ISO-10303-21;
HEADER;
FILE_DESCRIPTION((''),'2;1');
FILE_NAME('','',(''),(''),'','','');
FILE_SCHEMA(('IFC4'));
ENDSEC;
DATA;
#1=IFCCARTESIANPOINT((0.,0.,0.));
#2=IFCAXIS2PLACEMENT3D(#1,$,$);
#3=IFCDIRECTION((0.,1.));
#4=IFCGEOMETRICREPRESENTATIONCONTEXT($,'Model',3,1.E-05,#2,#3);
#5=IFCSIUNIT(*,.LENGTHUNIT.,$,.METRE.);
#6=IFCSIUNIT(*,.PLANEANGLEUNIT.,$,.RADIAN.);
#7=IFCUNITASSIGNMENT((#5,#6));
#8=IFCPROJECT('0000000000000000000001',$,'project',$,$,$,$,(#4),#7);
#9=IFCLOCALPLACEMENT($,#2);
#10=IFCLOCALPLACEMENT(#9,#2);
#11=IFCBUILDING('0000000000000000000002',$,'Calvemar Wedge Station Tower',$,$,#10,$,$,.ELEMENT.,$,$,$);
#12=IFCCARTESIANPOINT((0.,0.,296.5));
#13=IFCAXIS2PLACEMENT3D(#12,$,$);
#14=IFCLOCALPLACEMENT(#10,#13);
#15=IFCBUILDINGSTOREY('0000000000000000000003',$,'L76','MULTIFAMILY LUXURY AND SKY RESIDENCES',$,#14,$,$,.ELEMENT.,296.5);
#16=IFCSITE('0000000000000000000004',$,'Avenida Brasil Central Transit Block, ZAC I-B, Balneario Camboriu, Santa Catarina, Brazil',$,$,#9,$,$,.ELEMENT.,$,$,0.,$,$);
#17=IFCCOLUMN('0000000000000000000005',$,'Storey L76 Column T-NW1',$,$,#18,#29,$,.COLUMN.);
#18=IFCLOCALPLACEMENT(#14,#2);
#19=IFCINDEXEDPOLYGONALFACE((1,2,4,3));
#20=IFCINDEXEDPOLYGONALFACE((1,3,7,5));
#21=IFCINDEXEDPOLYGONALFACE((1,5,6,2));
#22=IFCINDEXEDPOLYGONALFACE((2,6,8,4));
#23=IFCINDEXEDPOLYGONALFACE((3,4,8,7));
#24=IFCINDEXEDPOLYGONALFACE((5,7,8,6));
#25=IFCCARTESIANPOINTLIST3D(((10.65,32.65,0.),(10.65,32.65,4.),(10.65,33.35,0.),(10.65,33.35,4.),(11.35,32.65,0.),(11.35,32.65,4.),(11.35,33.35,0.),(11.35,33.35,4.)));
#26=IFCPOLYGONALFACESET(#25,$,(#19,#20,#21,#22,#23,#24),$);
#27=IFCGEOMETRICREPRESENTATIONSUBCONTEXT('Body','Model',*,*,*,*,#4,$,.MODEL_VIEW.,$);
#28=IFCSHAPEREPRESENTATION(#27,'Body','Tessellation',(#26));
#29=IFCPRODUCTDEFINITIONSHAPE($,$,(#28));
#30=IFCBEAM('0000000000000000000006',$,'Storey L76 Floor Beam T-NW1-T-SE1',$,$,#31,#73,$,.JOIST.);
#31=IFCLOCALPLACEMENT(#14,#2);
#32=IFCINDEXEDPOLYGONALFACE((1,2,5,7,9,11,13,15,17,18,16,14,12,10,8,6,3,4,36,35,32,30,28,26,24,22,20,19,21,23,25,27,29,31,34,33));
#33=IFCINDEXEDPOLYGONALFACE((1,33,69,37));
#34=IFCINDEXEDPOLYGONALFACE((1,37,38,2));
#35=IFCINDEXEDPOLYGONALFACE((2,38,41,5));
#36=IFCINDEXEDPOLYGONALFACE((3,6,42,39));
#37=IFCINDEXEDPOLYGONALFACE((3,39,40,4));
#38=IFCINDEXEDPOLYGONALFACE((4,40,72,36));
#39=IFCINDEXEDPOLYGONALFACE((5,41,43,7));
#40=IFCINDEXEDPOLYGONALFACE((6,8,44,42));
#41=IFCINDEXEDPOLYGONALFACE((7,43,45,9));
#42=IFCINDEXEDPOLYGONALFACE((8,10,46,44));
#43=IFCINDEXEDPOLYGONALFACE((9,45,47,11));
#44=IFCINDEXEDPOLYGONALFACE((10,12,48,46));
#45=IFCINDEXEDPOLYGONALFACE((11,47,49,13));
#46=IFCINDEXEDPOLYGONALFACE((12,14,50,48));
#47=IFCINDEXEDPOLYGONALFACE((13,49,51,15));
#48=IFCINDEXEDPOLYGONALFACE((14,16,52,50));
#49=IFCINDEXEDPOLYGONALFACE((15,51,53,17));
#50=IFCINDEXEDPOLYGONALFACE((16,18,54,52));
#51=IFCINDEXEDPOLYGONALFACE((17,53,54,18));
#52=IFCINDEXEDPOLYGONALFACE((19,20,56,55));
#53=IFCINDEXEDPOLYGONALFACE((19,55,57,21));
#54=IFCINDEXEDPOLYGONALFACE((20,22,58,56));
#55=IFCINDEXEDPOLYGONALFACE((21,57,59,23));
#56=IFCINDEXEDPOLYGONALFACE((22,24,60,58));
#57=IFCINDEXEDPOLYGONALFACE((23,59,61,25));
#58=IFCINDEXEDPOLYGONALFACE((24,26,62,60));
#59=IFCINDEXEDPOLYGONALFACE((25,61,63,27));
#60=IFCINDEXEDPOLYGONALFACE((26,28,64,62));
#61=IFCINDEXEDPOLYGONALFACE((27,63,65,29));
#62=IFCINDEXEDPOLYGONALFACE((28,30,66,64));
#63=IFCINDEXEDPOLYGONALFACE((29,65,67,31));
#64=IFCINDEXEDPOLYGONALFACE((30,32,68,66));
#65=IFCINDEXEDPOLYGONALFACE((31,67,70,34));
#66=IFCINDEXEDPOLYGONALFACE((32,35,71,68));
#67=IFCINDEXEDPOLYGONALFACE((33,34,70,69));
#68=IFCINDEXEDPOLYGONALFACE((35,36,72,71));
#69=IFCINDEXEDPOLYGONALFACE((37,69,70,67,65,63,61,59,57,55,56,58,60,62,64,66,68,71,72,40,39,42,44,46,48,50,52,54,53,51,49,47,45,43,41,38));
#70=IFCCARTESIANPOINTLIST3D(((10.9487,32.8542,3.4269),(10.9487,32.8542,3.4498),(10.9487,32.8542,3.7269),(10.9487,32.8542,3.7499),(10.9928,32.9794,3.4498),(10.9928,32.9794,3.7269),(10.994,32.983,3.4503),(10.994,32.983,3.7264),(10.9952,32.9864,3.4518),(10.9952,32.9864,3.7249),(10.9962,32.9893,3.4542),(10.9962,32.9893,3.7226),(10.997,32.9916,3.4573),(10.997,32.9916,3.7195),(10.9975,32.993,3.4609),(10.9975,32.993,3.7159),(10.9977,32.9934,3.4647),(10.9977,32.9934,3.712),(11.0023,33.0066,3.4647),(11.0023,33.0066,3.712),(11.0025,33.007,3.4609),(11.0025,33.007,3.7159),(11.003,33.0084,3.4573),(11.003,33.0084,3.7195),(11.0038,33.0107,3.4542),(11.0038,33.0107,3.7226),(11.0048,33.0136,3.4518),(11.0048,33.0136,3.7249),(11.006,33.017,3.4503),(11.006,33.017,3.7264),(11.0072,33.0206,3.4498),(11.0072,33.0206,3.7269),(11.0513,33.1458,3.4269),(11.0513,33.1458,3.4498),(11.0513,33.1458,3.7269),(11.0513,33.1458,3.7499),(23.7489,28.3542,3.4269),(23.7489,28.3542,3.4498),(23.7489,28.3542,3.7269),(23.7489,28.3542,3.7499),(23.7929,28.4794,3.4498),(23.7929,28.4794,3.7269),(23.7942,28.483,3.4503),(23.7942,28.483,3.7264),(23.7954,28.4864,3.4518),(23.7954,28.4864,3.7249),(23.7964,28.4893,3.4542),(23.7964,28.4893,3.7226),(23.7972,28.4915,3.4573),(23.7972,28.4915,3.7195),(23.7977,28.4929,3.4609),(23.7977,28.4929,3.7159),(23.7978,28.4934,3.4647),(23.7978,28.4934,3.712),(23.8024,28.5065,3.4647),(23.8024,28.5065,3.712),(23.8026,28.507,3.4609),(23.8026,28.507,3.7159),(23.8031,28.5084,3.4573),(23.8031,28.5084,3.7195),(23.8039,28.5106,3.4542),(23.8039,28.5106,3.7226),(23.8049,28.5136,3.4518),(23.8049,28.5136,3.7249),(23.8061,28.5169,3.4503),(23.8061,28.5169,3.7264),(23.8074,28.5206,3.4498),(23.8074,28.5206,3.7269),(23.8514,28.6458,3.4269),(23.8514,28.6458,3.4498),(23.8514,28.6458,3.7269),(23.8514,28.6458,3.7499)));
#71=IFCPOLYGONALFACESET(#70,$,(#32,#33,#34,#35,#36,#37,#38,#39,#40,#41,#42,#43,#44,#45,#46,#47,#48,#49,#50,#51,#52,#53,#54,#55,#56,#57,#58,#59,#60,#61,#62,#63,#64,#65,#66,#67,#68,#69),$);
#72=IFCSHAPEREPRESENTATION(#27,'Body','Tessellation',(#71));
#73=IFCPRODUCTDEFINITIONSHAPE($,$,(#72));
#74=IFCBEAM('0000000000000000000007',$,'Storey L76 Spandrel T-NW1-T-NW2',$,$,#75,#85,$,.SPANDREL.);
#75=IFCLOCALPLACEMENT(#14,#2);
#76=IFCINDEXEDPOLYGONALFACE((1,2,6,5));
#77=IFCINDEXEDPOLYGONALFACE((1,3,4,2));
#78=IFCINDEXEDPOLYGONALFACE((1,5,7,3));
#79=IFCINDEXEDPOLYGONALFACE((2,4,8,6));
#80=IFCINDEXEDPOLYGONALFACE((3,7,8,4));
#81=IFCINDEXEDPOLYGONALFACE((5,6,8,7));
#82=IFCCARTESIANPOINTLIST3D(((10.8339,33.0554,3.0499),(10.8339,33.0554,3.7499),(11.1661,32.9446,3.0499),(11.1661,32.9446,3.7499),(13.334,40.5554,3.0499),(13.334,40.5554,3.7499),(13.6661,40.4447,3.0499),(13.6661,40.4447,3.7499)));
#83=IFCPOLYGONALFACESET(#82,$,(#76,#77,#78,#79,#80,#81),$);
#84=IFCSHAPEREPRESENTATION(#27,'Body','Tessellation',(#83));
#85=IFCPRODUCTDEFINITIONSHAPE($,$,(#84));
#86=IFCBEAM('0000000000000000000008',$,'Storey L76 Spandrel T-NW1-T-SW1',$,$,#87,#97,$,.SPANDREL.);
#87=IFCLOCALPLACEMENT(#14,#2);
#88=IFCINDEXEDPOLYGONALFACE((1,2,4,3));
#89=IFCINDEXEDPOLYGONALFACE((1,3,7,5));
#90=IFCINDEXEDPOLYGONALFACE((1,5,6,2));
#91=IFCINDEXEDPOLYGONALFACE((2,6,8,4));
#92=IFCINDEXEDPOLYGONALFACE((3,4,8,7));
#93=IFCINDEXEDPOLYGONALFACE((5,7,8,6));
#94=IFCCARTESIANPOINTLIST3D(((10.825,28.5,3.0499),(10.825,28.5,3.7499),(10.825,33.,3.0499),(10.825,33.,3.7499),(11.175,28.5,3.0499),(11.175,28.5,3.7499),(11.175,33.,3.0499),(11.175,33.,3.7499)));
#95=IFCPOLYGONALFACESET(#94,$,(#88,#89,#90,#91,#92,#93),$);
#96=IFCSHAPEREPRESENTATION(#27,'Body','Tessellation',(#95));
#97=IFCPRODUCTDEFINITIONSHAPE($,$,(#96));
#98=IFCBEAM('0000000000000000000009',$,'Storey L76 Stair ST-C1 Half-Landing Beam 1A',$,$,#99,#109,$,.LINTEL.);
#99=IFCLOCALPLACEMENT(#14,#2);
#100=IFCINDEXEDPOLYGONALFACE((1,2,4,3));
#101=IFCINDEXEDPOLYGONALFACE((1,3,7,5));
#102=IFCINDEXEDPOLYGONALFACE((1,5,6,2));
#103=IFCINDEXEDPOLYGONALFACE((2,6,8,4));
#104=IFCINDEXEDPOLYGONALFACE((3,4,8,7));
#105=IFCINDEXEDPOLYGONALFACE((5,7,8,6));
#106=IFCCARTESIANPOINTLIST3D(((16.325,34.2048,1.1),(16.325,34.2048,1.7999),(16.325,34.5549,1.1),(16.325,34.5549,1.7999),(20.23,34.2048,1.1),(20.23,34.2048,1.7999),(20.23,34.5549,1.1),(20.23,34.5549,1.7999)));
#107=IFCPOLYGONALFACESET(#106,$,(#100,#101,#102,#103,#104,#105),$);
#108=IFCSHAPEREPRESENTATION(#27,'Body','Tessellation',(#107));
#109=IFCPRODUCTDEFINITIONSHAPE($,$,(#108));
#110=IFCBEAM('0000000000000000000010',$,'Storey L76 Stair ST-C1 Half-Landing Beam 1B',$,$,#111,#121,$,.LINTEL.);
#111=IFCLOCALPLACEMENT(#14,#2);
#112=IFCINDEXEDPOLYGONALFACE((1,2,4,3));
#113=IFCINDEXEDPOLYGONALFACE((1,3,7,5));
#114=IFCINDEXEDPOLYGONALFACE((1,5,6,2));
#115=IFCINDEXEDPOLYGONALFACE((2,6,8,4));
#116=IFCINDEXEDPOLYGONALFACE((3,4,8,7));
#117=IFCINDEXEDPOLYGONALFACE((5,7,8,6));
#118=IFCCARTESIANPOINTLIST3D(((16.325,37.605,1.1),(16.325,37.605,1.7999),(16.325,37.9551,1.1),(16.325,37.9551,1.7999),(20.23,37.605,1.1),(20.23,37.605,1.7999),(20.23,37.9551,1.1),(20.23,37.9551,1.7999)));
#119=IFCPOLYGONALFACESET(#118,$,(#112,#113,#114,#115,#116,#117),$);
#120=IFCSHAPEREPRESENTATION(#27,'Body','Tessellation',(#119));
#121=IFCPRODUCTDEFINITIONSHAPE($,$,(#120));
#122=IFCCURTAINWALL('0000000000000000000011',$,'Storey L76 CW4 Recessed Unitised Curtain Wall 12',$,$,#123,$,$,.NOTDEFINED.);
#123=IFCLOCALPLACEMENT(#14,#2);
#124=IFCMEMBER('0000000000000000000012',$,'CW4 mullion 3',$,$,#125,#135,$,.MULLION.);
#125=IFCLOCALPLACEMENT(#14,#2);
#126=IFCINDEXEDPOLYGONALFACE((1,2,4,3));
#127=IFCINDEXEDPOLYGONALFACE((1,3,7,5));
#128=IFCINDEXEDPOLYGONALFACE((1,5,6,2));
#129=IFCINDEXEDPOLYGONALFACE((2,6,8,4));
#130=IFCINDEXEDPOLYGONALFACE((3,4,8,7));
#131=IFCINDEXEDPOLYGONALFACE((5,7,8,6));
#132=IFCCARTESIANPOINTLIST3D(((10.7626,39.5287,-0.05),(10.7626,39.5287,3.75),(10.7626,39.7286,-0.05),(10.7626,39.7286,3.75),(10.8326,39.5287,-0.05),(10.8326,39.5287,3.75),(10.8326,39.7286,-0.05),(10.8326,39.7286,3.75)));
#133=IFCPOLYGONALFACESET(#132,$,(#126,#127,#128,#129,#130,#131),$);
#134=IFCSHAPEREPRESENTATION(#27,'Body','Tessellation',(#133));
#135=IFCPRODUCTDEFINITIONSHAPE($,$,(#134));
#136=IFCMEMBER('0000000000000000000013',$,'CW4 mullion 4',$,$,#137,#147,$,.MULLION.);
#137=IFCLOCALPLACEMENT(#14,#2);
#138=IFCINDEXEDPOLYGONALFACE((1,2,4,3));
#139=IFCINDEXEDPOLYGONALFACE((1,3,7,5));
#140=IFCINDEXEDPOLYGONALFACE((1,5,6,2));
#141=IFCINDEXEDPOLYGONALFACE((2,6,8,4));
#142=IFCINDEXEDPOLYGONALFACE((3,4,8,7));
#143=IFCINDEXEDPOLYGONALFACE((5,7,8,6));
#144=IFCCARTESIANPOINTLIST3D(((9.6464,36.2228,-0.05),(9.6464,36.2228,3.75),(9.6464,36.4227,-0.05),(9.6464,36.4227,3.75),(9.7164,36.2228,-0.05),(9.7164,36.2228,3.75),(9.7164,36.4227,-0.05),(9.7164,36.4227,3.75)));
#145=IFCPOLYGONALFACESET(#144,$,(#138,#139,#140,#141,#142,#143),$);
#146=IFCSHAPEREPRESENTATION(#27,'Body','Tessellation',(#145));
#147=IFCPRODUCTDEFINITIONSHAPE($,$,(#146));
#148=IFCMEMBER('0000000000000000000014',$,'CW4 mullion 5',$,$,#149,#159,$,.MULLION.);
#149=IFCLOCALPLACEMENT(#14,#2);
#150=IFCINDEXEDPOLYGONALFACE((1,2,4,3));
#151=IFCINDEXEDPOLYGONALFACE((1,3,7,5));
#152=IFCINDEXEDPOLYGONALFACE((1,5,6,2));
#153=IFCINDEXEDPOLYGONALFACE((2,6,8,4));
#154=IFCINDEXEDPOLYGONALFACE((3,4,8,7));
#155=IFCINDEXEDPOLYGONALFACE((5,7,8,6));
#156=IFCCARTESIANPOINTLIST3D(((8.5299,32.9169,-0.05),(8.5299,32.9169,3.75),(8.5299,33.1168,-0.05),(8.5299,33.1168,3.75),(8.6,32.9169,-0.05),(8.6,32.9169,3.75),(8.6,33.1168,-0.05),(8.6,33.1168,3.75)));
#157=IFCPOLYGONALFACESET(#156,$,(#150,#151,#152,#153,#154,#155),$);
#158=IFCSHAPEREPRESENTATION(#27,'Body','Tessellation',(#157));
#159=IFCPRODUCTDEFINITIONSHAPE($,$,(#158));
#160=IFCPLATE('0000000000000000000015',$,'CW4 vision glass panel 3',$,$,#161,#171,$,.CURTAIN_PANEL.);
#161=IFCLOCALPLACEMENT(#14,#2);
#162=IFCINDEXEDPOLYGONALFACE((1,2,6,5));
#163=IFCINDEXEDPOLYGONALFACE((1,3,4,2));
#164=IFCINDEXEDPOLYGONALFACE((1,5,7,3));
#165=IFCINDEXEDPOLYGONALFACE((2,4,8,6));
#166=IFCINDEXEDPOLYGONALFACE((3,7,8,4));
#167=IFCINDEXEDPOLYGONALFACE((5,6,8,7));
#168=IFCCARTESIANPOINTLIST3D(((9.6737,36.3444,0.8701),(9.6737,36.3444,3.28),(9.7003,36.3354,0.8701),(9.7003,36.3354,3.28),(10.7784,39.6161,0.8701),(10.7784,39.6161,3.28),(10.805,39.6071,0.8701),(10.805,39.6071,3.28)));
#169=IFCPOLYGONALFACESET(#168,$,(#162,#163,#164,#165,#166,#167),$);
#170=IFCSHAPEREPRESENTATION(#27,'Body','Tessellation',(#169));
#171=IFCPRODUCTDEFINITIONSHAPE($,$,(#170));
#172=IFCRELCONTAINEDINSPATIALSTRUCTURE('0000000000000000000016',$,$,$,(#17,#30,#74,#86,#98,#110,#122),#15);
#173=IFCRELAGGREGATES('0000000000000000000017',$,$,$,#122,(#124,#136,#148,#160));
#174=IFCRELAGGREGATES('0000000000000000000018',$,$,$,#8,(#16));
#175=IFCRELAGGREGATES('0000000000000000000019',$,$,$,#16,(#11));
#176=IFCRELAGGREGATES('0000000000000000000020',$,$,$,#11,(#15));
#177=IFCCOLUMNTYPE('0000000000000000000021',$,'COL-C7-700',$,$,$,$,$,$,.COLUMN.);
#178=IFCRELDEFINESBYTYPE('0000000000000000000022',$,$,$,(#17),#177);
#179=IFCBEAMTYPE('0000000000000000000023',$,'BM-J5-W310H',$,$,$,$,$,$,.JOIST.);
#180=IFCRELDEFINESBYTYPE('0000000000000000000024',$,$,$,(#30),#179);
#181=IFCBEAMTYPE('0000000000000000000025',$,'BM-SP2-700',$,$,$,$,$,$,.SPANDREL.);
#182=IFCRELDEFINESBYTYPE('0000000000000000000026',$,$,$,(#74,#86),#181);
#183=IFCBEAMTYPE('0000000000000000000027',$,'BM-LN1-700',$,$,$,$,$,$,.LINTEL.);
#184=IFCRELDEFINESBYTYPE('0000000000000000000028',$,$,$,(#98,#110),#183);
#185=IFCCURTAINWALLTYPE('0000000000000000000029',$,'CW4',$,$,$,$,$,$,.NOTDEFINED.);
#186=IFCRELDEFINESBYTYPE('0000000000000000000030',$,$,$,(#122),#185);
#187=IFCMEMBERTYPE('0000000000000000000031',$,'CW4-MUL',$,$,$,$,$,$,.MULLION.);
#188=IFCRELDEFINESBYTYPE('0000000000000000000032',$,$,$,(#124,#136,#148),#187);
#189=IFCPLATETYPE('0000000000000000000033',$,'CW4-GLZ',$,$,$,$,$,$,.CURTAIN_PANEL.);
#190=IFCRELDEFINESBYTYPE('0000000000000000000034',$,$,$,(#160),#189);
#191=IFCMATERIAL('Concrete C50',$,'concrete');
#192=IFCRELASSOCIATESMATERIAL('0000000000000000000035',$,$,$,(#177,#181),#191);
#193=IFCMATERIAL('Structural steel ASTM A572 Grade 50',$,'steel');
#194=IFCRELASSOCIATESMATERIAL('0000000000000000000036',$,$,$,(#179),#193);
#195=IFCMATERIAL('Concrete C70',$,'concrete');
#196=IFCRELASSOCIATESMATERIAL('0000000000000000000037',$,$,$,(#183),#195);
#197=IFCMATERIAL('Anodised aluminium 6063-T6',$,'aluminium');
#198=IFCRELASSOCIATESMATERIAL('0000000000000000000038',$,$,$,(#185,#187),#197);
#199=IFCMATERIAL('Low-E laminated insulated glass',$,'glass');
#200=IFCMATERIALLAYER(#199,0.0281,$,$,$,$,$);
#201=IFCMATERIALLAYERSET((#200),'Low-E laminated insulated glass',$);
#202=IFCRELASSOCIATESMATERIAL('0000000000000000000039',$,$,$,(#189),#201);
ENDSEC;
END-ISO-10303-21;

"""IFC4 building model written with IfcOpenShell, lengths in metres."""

from ifc_helpers import new_model, si_unit, direction, frame, frame_2d, origin, origin_2d, place, context, subcontext, project, spatial, rectangle, i_section, extrude, source, transform, mapped, material, layer, layer_set, material_profile, profile_set, type_object, element, aggregate, save


model = new_model("IFC4")

# Units and contexts
model_context = context("Model", 3, precision=1e-05, world=origin(), true_north=direction((0.0, 1.0)))
body_context = subcontext(model_context, "Body", "Model", "MODEL_VIEW")
ifc_project = project(units=[si_unit("LENGTHUNIT", "METRE"), si_unit("PLANEANGLEUNIT", "RADIAN")], contexts=[model_context])

# Site, building, storey
site_placement = place(None, origin())
site = spatial("IfcSite", under=ifc_project, at=site_placement, Name="Avenida Brasil Central Transit Block, ZAC I-B, Balneario Camboriu, Santa Catarina, Brazil", CompositionType="ELEMENT", RefElevation=0.0)
building_placement = place(site_placement, origin())
building = spatial("IfcBuilding", under=site, at=building_placement, Name="Calvemar Wedge Station Tower", CompositionType="ELEMENT")
storey_placement = place(building_placement, frame((0.0, 0.0, 296.5)))
storey = spatial("IfcBuildingStorey", under=building, at=storey_placement, Name="L76", Description="MULTIFAMILY LUXURY AND SKY RESIDENCES", CompositionType="ELEMENT", Elevation=296.5)

# Column
ifc_material_1 = material(Name="Concrete C50", Category="concrete")
ifc_material_profile_1 = material_profile(ifc_material_1, rectangle(XDim=0.7, YDim=0.7, at=origin_2d()), Name="RC700x700")
ifc_profile_set_1 = profile_set([ifc_material_profile_1], Name="Concrete C50")
column_type = type_object("IfcColumnType", Name="COL-C7-700", PredefinedType="COLUMN", material=ifc_profile_set_1)
shared_shape_1 = source(origin(), body_context, "Body", "SweptSolid", [
    extrude(rectangle(XDim=0.7, YDim=0.7, at=origin_2d()), origin(), (0.0, 0.0, 1.0), 4.0),
])
column_placement = place(storey_placement, frame((11.0, 33.0, 0.0), z_axis=(0.0, 0.0, 1.0), x_axis=(1.0, 0.0, 0.0)))
element("IfcColumn", 1, at=column_placement, inside=storey, type_object=column_type, Name="Storey L76 Column T-NW1", PredefinedType="COLUMN", context=body_context, shape_type="MappedRepresentation", body=[
    mapped(shared_shape_1, transform((0.0, 0.0, 0.0), scale=1.0)),
])

# Beams
ifc_material_2 = material(Name="Structural steel ASTM A572 Grade 50", Category="steel")
ifc_material_profile_2 = material_profile(ifc_material_2, i_section(OverallWidth=0.3091, OverallDepth=0.323, WebThickness=0.0139, FlangeThickness=0.0229, FilletRadius=0.0149, at=origin_2d()), Name="W310x143")
ifc_profile_set_2 = profile_set([ifc_material_profile_2], Name="Structural steel ASTM A572 Grade 50")
beam_type_1 = type_object("IfcBeamType", Name="BM-J5-W310H", PredefinedType="JOIST", material=ifc_profile_set_2)
shared_shape_2 = source(origin(), body_context, "Body", "SweptSolid", [
    extrude(i_section(OverallWidth=0.3091, OverallDepth=0.323, WebThickness=0.0139, FlangeThickness=0.0229, FilletRadius=0.0149, at=origin_2d()), origin(), (0.0, 0.0, 1.0), 13.5681),
])
beam_1_placement = place(storey_placement, frame((11.0, 33.0, 3.5884), z_axis=(0.943398, -0.331662, 0.0), x_axis=(0.331662, 0.943398, 0.0)))
element("IfcBeam", 2, at=beam_1_placement, inside=storey, type_object=beam_type_1, Name="Storey L76 Floor Beam T-NW1-T-SE1", PredefinedType="JOIST", context=body_context, shape_type="MappedRepresentation", body=[
    mapped(shared_shape_2, transform((0.0, 0.0, 0.0), scale=1.0)),
])
ifc_material_profile_3 = material_profile(ifc_material_1, rectangle(XDim=0.3501, YDim=0.7, at=origin_2d()), Name="RC350x700")
ifc_profile_set_3 = profile_set([ifc_material_profile_3], Name="Concrete C50")
beam_type_2 = type_object("IfcBeamType", Name="BM-SP2-700", PredefinedType="SPANDREL", material=ifc_profile_set_3)
shared_shape_3 = source(origin(), body_context, "Body", "SweptSolid", [
    extrude(rectangle(XDim=0.3501, YDim=0.7, at=origin_2d()), origin(), (0.0, 0.0, 1.0), 7.9058),
])
beam_2_placement = place(storey_placement, frame((11.0, 33.0, 3.3999), z_axis=(0.316228, 0.948683, 0.0), x_axis=(-0.948683, 0.316228, 0.0)))
element("IfcBeam", 3, at=beam_2_placement, inside=storey, type_object=beam_type_2, Name="Storey L76 Spandrel T-NW1-T-NW2", PredefinedType="SPANDREL", context=body_context, shape_type="MappedRepresentation", body=[
    mapped(shared_shape_3, transform((0.0, 0.0, 0.0), scale=1.0)),
])
shared_shape_4 = source(origin(), body_context, "Body", "SweptSolid", [
    extrude(rectangle(XDim=0.3501, YDim=0.7, at=origin_2d()), origin(), (0.0, 0.0, 1.0), 4.5),
])
beam_3_placement = place(storey_placement, frame((11.0, 33.0, 3.3999), z_axis=(0.0, -1.0, 0.0), x_axis=(1.0, 0.0, 0.0)))
element("IfcBeam", 4, at=beam_3_placement, inside=storey, type_object=beam_type_2, Name="Storey L76 Spandrel T-NW1-T-SW1", PredefinedType="SPANDREL", context=body_context, shape_type="MappedRepresentation", body=[
    mapped(shared_shape_4, transform((0.0, 0.0, 0.0), scale=1.0)),
])
ifc_material_3 = material(Name="Concrete C70", Category="concrete")
ifc_material_profile_4 = material_profile(ifc_material_3, rectangle(XDim=0.3501, YDim=0.7, at=origin_2d()), Name="RC350x700")
ifc_profile_set_4 = profile_set([ifc_material_profile_4], Name="Concrete C70")
beam_type_3 = type_object("IfcBeamType", Name="BM-LN1-700", PredefinedType="LINTEL", material=ifc_profile_set_4)
shared_shape_5 = source(origin(), body_context, "Body", "SweptSolid", [
    extrude(rectangle(XDim=0.3501, YDim=0.7, at=origin_2d()), origin(), (0.0, 0.0, 1.0), 3.905),
])
for number, where, z_axis, x_axis, name in (
    (5, (16.325, 34.3799, 1.45), (1.0, 0.0, 0.0), (0.0, 1.0, 0.0), "Storey L76 Stair ST-C1 Half-Landing Beam 1A"),
    (6, (16.325, 37.78, 1.45), (1.0, 0.0, 0.0), (0.0, 1.0, 0.0), "Storey L76 Stair ST-C1 Half-Landing Beam 1B"),
):
    element("IfcBeam", number, at=place(storey_placement, frame(where, z_axis=z_axis, x_axis=x_axis)), inside=storey, type_object=beam_type_3, Name=name, PredefinedType="LINTEL", context=body_context, shape_type="MappedRepresentation", body=[
        mapped(shared_shape_5, transform((0.0, 0.0, 0.0), scale=1.0)),
    ])

# Curtain wall, members, plate
ifc_material_4 = material(Name="Anodised aluminium 6063-T6", Category="aluminium")
curtain_wall_type = type_object("IfcCurtainWallType", Name="CW4", PredefinedType="NOTDEFINED", material=ifc_material_4)
curtain_wall_placement = place(storey_placement, origin())
curtain_wall = element("IfcCurtainWall", 7, at=curtain_wall_placement, inside=storey, type_object=curtain_wall_type, Name="Storey L76 CW4 Recessed Unitised Curtain Wall 12", PredefinedType="NOTDEFINED")
ifc_material_profile_5 = material_profile(ifc_material_4, rectangle(XDim=0.0701, YDim=0.2, at=origin_2d()), Name="AL-MUL-70x200")
ifc_profile_set_5 = profile_set([ifc_material_profile_5], Name="Anodised aluminium 6063-T6")
member_type = type_object("IfcMemberType", Name="CW4-MUL", PredefinedType="MULLION", material=ifc_profile_set_5)
shared_shape_6 = source(origin(), body_context, "Body", "SweptSolid", [
    extrude(rectangle(XDim=0.0701, YDim=0.2, at=origin_2d()), origin(), (0.0, 0.0, 1.0), 3.8),
])
member_1_placement = place(storey_placement, frame((10.7976, 39.6287, -0.05), z_axis=(0.0, 0.0, 1.0), x_axis=(1.0, 0.0, 0.0)))
member_1 = element("IfcMember", 8, at=member_1_placement, type_object=member_type, Name="CW4 mullion 3", PredefinedType="MULLION", context=body_context, shape_type="MappedRepresentation", body=[
    mapped(shared_shape_6, transform((0.0, 0.0, 0.0), scale=1.0)),
])
member_2_placement = place(storey_placement, frame((9.6814, 36.3228, -0.05), z_axis=(0.0, 0.0, 1.0), x_axis=(1.0, 0.0, 0.0)))
member_2 = element("IfcMember", 9, at=member_2_placement, type_object=member_type, Name="CW4 mullion 4", PredefinedType="MULLION", context=body_context, shape_type="MappedRepresentation", body=[
    mapped(shared_shape_6, transform((0.0, 0.0, 0.0), scale=1.0)),
])
member_3_placement = place(storey_placement, frame((8.5649, 33.0168, -0.05), z_axis=(0.0, 0.0, 1.0), x_axis=(1.0, 0.0, 0.0)))
member_3 = element("IfcMember", 10, at=member_3_placement, type_object=member_type, Name="CW4 mullion 5", PredefinedType="MULLION", context=body_context, shape_type="MappedRepresentation", body=[
    mapped(shared_shape_6, transform((0.0, 0.0, 0.0), scale=1.0)),
])
ifc_material_5 = material(Name="Low-E laminated insulated glass", Category="glass")
ifc_layer_1 = layer(ifc_material_5, 0.0281)
ifc_layer_set_1 = layer_set([ifc_layer_1], Name="Low-E laminated insulated glass")
plate_type_1 = type_object("IfcPlateType", Name="CW4-GLZ", PredefinedType="CURTAIN_PANEL", material=ifc_layer_set_1)
plate_1_placement = place(storey_placement, frame((10.7917, 39.6116, 0.8701), z_axis=(0.0, 0.0, 1.0), x_axis=(-0.319916, -0.947446, 0.0)))
plate_1 = element("IfcPlate", 11, at=plate_1_placement, type_object=plate_type_1, Name="CW4 vision glass panel 3", PredefinedType="CURTAIN_PANEL", context=body_context, shape_type="SweptSolid", body=[
    extrude(rectangle(XDim=3.4531, YDim=0.0281, at=frame_2d((1.7266, 0.0))), origin(), (0.0, 0.0, 1.0), 2.4099),
])
aggregate(curtain_wall, [member_1, member_2, member_3, plate_1])

save(model, "model.ifc")
